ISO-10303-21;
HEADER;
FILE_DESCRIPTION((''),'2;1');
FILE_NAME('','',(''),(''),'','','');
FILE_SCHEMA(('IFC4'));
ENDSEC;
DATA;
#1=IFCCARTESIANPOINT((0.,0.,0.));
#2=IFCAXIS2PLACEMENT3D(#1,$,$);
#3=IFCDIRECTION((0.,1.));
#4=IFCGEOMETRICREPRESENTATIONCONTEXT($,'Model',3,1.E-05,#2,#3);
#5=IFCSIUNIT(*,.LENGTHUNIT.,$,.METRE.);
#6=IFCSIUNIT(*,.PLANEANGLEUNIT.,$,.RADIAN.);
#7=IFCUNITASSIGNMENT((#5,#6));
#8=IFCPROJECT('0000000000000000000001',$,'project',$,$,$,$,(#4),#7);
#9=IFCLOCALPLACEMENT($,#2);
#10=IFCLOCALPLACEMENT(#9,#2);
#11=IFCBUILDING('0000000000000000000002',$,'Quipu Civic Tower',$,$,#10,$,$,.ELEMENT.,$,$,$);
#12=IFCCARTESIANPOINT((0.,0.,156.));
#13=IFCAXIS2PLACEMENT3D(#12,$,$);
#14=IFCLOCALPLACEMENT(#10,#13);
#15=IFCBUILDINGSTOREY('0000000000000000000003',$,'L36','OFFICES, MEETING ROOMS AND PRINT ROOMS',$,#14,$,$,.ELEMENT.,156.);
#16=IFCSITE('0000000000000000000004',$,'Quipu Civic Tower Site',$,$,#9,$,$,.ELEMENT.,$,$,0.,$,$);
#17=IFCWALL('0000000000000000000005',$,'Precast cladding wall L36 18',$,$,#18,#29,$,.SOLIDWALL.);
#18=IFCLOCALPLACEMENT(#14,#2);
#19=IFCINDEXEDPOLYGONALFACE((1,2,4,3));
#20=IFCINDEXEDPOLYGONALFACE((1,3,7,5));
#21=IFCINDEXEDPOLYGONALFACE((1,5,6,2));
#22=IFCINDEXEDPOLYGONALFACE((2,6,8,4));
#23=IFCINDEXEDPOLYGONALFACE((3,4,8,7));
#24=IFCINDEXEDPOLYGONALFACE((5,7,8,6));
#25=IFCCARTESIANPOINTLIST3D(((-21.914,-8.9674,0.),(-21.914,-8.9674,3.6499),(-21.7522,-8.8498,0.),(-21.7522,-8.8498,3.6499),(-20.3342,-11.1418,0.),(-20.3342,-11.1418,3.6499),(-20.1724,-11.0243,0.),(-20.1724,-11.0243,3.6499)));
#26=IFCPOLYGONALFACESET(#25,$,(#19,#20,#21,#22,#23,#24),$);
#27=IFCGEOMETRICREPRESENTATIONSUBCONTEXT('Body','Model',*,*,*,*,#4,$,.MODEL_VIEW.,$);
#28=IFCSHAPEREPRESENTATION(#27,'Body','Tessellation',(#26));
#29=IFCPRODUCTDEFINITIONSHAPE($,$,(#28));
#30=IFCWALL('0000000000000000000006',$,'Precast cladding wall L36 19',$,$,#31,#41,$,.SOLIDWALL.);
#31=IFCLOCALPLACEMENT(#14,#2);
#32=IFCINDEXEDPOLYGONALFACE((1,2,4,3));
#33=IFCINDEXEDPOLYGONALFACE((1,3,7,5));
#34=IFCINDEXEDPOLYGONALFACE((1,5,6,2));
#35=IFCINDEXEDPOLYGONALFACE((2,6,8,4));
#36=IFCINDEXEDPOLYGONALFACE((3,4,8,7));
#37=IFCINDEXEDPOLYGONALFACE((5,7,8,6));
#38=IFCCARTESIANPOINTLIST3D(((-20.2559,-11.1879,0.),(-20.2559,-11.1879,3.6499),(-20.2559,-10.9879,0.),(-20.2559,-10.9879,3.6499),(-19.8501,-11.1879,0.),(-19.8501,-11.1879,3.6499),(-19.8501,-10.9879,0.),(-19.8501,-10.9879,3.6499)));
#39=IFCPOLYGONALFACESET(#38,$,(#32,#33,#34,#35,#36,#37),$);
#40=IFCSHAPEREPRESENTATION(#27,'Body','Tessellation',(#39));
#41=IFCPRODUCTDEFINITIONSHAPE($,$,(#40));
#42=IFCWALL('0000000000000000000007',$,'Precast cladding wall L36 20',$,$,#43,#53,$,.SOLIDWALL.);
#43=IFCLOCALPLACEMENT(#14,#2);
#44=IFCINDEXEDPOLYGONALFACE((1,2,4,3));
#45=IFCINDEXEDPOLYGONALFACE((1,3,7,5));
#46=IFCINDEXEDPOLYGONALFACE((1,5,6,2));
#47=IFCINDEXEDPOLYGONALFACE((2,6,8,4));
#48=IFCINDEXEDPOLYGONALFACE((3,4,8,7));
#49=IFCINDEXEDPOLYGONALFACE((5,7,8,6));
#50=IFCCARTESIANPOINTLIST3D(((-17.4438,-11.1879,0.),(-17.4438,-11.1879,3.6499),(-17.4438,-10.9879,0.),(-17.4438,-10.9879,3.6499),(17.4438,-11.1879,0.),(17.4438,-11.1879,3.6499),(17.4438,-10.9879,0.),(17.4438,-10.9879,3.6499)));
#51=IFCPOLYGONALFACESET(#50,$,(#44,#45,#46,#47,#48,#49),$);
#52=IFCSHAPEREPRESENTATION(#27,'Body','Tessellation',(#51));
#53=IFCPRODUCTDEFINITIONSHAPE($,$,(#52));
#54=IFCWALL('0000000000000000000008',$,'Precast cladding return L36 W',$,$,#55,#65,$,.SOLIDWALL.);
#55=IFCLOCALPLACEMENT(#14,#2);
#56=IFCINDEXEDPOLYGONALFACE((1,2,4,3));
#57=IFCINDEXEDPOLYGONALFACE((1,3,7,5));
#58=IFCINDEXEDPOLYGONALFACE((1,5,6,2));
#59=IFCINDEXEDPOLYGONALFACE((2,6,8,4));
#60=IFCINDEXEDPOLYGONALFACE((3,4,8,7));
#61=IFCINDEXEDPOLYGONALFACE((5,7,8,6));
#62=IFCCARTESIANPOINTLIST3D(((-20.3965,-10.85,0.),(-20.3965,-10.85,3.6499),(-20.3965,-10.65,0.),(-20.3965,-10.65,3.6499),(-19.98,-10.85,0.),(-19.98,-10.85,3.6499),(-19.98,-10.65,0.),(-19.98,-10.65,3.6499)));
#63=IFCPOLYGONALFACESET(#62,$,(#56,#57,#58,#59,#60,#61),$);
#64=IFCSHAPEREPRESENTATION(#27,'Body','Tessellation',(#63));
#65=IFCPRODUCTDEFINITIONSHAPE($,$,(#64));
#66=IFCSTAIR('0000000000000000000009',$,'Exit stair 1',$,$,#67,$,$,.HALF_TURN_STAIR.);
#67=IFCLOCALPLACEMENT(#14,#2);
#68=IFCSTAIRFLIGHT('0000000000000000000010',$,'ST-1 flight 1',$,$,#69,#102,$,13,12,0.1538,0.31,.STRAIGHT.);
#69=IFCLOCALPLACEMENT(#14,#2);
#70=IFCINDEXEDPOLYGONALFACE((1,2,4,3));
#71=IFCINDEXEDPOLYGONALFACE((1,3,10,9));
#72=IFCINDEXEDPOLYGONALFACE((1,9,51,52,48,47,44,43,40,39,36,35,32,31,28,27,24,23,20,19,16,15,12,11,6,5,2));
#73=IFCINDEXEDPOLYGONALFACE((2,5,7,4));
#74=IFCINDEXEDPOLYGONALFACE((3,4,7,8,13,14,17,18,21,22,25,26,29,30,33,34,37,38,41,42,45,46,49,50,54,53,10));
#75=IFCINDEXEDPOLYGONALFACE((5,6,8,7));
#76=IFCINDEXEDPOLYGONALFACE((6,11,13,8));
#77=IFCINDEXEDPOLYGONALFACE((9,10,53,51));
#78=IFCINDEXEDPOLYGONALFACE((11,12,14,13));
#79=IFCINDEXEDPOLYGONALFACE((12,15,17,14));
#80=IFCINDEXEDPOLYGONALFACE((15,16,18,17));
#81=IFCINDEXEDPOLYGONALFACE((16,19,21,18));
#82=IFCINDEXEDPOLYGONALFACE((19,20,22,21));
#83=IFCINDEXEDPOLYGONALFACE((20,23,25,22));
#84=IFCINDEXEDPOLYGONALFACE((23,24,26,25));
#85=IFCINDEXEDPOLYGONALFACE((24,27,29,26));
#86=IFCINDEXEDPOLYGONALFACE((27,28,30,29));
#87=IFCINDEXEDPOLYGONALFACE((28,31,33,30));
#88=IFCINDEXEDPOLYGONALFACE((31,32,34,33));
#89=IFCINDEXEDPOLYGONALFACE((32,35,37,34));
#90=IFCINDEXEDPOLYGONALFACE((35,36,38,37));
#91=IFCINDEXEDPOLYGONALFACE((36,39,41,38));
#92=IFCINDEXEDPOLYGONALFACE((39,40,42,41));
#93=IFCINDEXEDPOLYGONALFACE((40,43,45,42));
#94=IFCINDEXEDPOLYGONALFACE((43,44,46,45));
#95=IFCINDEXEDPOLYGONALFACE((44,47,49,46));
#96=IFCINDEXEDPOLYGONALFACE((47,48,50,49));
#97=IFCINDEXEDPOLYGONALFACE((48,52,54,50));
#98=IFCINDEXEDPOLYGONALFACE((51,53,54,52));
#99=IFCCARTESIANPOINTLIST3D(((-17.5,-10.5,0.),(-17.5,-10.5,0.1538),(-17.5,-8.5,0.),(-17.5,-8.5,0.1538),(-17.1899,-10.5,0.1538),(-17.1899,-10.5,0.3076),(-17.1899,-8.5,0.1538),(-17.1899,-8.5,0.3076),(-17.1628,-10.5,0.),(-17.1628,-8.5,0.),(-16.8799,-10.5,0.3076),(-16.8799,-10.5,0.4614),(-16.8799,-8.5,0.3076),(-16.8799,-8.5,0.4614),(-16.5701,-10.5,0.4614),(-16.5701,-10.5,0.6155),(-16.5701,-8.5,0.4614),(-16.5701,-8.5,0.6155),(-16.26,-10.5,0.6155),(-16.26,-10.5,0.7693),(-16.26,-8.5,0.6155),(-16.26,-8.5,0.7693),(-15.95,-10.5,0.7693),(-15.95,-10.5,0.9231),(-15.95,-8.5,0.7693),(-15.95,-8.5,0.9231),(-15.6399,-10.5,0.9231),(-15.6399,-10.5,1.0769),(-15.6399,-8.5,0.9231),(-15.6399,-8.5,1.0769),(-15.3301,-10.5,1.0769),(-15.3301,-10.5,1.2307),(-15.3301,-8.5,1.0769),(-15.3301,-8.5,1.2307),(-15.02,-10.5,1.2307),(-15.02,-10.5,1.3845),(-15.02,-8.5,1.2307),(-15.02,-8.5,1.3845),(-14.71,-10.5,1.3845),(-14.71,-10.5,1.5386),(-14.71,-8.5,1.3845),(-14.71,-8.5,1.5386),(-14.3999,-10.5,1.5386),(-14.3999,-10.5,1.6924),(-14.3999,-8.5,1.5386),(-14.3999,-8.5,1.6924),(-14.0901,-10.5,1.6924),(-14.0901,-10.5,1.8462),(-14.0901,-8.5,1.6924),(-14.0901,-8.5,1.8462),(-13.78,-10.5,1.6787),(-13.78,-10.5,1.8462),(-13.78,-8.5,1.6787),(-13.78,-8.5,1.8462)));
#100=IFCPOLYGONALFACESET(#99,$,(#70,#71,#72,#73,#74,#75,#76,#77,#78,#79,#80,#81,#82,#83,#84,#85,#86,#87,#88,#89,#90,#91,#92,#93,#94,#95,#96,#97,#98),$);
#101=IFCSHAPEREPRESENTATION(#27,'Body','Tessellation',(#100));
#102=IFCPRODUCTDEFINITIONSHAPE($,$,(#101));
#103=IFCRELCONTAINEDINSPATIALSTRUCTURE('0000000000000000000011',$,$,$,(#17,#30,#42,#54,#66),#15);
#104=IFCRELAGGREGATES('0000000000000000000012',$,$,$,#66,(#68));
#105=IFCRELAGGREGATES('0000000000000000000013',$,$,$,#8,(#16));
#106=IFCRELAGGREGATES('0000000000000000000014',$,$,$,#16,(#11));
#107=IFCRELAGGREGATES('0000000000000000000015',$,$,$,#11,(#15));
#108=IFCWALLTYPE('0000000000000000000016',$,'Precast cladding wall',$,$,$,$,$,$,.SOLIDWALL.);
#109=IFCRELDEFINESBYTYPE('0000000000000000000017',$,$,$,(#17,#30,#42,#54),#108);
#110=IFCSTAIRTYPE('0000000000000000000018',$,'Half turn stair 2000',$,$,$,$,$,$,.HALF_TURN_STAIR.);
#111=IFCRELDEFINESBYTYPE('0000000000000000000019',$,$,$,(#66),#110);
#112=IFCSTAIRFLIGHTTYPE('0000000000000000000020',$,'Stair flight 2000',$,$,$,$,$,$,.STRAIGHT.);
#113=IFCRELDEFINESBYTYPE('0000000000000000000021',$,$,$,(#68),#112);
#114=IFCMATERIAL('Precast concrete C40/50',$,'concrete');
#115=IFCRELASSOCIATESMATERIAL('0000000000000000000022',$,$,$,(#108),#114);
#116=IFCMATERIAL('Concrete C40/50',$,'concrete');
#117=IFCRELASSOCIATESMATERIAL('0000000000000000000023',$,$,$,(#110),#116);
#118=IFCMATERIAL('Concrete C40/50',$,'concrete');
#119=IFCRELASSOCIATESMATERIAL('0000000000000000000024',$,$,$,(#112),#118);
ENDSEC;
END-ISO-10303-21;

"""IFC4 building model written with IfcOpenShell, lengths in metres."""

from ifc_helpers import new_model, si_unit, direction, frame, frame_2d, origin, place, context, subcontext, project, spatial, polyline, rectangle, outline, extrude, material, type_object, element, aggregate, save


model = new_model("IFC4")

# Units and contexts
model_context = context("Model", 3, precision=1e-05, world=origin(), true_north=direction((0.0, 1.0)))
body_context = subcontext(model_context, "Body", "Model", "MODEL_VIEW")
ifc_project = project(units=[si_unit("LENGTHUNIT", "METRE"), si_unit("PLANEANGLEUNIT", "RADIAN")], contexts=[model_context])

# Site, building, storey
site_placement = place(None, origin())
site = spatial("IfcSite", under=ifc_project, at=site_placement, Name="Quipu Civic Tower Site", CompositionType="ELEMENT", RefElevation=0.0)
building_placement = place(site_placement, origin())
building = spatial("IfcBuilding", under=site, at=building_placement, Name="Quipu Civic Tower", CompositionType="ELEMENT")
storey_placement = place(building_placement, frame((0.0, 0.0, 156.0)))
storey = spatial("IfcBuildingStorey", under=building, at=storey_placement, Name="L36", Description="OFFICES, MEETING ROOMS AND PRINT ROOMS", CompositionType="ELEMENT", Elevation=156.0)

# Walls
ifc_material_1 = material(Name="Precast concrete C40/50", Category="concrete")
wall_type_1 = type_object("IfcWallType", Name="Precast cladding wall", PredefinedType="SOLIDWALL", material=ifc_material_1)
wall_1_placement = place(storey_placement, frame((-21.833, -8.9087, 0.0), z_axis=(0.0, 0.0, 1.0), x_axis=(0.587767, -0.809031, 0.0)))
element("IfcWall", 1, at=wall_1_placement, inside=storey, type_object=wall_type_1, Name="Precast cladding wall L36 18", PredefinedType="SOLIDWALL", context=body_context, shape_type="SweptSolid", body=[
    extrude(rectangle(XDim=2.6877, YDim=0.2, at=frame_2d((1.3438, 0.0))), origin(), (0.0, 0.0, 1.0), 3.6499),
])
wall_2_placement = place(storey_placement, frame((-20.2559, -11.0879, 0.0), z_axis=(0.0, 0.0, 1.0), x_axis=(1.0, 0.0, 0.0)))
element("IfcWall", 2, at=wall_2_placement, inside=storey, type_object=wall_type_1, Name="Precast cladding wall L36 19", PredefinedType="SOLIDWALL", context=body_context, shape_type="SweptSolid", body=[
    extrude(rectangle(XDim=0.4058, YDim=0.2, at=frame_2d((0.2029, 0.0))), origin(), (0.0, 0.0, 1.0), 3.6499),
])
wall_3_placement = place(storey_placement, frame((-17.4438, -11.0879, 0.0), z_axis=(0.0, 0.0, 1.0), x_axis=(1.0, 0.0, 0.0)))
element("IfcWall", 3, at=wall_3_placement, inside=storey, type_object=wall_type_1, Name="Precast cladding wall L36 20", PredefinedType="SOLIDWALL", context=body_context, shape_type="SweptSolid", body=[
    extrude(rectangle(XDim=34.8877, YDim=0.2, at=frame_2d((17.4438, 0.0))), origin(), (0.0, 0.0, 1.0), 3.6499),
])
wall_4_placement = place(storey_placement, frame((-19.98, -10.75, 0.0), z_axis=(0.0, 0.0, 1.0), x_axis=(-1.0, 0.0, 0.0)))
element("IfcWall", 4, at=wall_4_placement, inside=storey, type_object=wall_type_1, Name="Precast cladding return L36 W", PredefinedType="SOLIDWALL", context=body_context, shape_type="SweptSolid", body=[
    extrude(rectangle(XDim=0.4165, YDim=0.2, at=frame_2d((0.2083, 0.0))), origin(), (0.0, 0.0, 1.0), 3.6499),
])

# Stair, stair flight
ifc_material_2 = material(Name="Concrete C40/50", Category="concrete")
stair_type = type_object("IfcStairType", Name="Half turn stair 2000", PredefinedType="HALF_TURN_STAIR", material=ifc_material_2)
stair_placement = place(storey_placement, origin())
stair = element("IfcStair", 5, at=stair_placement, inside=storey, type_object=stair_type, Name="Exit stair 1", PredefinedType="HALF_TURN_STAIR")
ifc_material_3 = material(Name="Concrete C40/50", Category="concrete")
stair_flight_type = type_object("IfcStairFlightType", Name="Stair flight 2000", PredefinedType="STRAIGHT", material=ifc_material_3)
stair_flight_placement = place(storey_placement, frame((-17.5, -9.5, 0.0), z_axis=(0.0, 0.0, 1.0), x_axis=(1.0, 0.0, 0.0)))
stair_flight = element("IfcStairFlight", 6, at=stair_flight_placement, type_object=stair_flight_type, Name="ST-1 flight 1", NumberOfRisers=13, NumberOfTreads=12, PredefinedType="STRAIGHT", RiserHeight=0.1538, TreadLength=0.31, context=body_context, shape_type="SweptSolid", body=[
    extrude(outline(polyline([(0.0, 0.0), (0.0, 0.1538), (0.3101, 0.1538), (0.3101, 0.3076), (0.6201, 0.3076), (0.6201, 0.4614), (0.9299, 0.4614), (0.9299, 0.6155), (1.24, 0.6155), (1.24, 0.7693), (1.55, 0.7693), (1.55, 0.9231), (1.8601, 0.9231), (1.8601, 1.0769), (2.1699, 1.0769), (2.1699, 1.2307), (2.48, 1.2307), (2.48, 1.3845), (2.79, 1.3845), (2.79, 1.5386), (3.1001, 1.5386), (3.1001, 1.6924), (3.4099, 1.6924), (3.4099, 1.8462), (3.72, 1.8462), (3.72, 2.0), (3.72, 1.6787), (0.3372, 0.0), (0.0, 0.0)])), frame((0.0, 1.0, 0.0), z_axis=(0.0, -1.0, 0.0), x_axis=(1.0, 0.0, 0.0)), (0.0, 0.0, 1.0), 2.0),
])
aggregate(stair, [stair_flight])

save(model, "model.ifc")
